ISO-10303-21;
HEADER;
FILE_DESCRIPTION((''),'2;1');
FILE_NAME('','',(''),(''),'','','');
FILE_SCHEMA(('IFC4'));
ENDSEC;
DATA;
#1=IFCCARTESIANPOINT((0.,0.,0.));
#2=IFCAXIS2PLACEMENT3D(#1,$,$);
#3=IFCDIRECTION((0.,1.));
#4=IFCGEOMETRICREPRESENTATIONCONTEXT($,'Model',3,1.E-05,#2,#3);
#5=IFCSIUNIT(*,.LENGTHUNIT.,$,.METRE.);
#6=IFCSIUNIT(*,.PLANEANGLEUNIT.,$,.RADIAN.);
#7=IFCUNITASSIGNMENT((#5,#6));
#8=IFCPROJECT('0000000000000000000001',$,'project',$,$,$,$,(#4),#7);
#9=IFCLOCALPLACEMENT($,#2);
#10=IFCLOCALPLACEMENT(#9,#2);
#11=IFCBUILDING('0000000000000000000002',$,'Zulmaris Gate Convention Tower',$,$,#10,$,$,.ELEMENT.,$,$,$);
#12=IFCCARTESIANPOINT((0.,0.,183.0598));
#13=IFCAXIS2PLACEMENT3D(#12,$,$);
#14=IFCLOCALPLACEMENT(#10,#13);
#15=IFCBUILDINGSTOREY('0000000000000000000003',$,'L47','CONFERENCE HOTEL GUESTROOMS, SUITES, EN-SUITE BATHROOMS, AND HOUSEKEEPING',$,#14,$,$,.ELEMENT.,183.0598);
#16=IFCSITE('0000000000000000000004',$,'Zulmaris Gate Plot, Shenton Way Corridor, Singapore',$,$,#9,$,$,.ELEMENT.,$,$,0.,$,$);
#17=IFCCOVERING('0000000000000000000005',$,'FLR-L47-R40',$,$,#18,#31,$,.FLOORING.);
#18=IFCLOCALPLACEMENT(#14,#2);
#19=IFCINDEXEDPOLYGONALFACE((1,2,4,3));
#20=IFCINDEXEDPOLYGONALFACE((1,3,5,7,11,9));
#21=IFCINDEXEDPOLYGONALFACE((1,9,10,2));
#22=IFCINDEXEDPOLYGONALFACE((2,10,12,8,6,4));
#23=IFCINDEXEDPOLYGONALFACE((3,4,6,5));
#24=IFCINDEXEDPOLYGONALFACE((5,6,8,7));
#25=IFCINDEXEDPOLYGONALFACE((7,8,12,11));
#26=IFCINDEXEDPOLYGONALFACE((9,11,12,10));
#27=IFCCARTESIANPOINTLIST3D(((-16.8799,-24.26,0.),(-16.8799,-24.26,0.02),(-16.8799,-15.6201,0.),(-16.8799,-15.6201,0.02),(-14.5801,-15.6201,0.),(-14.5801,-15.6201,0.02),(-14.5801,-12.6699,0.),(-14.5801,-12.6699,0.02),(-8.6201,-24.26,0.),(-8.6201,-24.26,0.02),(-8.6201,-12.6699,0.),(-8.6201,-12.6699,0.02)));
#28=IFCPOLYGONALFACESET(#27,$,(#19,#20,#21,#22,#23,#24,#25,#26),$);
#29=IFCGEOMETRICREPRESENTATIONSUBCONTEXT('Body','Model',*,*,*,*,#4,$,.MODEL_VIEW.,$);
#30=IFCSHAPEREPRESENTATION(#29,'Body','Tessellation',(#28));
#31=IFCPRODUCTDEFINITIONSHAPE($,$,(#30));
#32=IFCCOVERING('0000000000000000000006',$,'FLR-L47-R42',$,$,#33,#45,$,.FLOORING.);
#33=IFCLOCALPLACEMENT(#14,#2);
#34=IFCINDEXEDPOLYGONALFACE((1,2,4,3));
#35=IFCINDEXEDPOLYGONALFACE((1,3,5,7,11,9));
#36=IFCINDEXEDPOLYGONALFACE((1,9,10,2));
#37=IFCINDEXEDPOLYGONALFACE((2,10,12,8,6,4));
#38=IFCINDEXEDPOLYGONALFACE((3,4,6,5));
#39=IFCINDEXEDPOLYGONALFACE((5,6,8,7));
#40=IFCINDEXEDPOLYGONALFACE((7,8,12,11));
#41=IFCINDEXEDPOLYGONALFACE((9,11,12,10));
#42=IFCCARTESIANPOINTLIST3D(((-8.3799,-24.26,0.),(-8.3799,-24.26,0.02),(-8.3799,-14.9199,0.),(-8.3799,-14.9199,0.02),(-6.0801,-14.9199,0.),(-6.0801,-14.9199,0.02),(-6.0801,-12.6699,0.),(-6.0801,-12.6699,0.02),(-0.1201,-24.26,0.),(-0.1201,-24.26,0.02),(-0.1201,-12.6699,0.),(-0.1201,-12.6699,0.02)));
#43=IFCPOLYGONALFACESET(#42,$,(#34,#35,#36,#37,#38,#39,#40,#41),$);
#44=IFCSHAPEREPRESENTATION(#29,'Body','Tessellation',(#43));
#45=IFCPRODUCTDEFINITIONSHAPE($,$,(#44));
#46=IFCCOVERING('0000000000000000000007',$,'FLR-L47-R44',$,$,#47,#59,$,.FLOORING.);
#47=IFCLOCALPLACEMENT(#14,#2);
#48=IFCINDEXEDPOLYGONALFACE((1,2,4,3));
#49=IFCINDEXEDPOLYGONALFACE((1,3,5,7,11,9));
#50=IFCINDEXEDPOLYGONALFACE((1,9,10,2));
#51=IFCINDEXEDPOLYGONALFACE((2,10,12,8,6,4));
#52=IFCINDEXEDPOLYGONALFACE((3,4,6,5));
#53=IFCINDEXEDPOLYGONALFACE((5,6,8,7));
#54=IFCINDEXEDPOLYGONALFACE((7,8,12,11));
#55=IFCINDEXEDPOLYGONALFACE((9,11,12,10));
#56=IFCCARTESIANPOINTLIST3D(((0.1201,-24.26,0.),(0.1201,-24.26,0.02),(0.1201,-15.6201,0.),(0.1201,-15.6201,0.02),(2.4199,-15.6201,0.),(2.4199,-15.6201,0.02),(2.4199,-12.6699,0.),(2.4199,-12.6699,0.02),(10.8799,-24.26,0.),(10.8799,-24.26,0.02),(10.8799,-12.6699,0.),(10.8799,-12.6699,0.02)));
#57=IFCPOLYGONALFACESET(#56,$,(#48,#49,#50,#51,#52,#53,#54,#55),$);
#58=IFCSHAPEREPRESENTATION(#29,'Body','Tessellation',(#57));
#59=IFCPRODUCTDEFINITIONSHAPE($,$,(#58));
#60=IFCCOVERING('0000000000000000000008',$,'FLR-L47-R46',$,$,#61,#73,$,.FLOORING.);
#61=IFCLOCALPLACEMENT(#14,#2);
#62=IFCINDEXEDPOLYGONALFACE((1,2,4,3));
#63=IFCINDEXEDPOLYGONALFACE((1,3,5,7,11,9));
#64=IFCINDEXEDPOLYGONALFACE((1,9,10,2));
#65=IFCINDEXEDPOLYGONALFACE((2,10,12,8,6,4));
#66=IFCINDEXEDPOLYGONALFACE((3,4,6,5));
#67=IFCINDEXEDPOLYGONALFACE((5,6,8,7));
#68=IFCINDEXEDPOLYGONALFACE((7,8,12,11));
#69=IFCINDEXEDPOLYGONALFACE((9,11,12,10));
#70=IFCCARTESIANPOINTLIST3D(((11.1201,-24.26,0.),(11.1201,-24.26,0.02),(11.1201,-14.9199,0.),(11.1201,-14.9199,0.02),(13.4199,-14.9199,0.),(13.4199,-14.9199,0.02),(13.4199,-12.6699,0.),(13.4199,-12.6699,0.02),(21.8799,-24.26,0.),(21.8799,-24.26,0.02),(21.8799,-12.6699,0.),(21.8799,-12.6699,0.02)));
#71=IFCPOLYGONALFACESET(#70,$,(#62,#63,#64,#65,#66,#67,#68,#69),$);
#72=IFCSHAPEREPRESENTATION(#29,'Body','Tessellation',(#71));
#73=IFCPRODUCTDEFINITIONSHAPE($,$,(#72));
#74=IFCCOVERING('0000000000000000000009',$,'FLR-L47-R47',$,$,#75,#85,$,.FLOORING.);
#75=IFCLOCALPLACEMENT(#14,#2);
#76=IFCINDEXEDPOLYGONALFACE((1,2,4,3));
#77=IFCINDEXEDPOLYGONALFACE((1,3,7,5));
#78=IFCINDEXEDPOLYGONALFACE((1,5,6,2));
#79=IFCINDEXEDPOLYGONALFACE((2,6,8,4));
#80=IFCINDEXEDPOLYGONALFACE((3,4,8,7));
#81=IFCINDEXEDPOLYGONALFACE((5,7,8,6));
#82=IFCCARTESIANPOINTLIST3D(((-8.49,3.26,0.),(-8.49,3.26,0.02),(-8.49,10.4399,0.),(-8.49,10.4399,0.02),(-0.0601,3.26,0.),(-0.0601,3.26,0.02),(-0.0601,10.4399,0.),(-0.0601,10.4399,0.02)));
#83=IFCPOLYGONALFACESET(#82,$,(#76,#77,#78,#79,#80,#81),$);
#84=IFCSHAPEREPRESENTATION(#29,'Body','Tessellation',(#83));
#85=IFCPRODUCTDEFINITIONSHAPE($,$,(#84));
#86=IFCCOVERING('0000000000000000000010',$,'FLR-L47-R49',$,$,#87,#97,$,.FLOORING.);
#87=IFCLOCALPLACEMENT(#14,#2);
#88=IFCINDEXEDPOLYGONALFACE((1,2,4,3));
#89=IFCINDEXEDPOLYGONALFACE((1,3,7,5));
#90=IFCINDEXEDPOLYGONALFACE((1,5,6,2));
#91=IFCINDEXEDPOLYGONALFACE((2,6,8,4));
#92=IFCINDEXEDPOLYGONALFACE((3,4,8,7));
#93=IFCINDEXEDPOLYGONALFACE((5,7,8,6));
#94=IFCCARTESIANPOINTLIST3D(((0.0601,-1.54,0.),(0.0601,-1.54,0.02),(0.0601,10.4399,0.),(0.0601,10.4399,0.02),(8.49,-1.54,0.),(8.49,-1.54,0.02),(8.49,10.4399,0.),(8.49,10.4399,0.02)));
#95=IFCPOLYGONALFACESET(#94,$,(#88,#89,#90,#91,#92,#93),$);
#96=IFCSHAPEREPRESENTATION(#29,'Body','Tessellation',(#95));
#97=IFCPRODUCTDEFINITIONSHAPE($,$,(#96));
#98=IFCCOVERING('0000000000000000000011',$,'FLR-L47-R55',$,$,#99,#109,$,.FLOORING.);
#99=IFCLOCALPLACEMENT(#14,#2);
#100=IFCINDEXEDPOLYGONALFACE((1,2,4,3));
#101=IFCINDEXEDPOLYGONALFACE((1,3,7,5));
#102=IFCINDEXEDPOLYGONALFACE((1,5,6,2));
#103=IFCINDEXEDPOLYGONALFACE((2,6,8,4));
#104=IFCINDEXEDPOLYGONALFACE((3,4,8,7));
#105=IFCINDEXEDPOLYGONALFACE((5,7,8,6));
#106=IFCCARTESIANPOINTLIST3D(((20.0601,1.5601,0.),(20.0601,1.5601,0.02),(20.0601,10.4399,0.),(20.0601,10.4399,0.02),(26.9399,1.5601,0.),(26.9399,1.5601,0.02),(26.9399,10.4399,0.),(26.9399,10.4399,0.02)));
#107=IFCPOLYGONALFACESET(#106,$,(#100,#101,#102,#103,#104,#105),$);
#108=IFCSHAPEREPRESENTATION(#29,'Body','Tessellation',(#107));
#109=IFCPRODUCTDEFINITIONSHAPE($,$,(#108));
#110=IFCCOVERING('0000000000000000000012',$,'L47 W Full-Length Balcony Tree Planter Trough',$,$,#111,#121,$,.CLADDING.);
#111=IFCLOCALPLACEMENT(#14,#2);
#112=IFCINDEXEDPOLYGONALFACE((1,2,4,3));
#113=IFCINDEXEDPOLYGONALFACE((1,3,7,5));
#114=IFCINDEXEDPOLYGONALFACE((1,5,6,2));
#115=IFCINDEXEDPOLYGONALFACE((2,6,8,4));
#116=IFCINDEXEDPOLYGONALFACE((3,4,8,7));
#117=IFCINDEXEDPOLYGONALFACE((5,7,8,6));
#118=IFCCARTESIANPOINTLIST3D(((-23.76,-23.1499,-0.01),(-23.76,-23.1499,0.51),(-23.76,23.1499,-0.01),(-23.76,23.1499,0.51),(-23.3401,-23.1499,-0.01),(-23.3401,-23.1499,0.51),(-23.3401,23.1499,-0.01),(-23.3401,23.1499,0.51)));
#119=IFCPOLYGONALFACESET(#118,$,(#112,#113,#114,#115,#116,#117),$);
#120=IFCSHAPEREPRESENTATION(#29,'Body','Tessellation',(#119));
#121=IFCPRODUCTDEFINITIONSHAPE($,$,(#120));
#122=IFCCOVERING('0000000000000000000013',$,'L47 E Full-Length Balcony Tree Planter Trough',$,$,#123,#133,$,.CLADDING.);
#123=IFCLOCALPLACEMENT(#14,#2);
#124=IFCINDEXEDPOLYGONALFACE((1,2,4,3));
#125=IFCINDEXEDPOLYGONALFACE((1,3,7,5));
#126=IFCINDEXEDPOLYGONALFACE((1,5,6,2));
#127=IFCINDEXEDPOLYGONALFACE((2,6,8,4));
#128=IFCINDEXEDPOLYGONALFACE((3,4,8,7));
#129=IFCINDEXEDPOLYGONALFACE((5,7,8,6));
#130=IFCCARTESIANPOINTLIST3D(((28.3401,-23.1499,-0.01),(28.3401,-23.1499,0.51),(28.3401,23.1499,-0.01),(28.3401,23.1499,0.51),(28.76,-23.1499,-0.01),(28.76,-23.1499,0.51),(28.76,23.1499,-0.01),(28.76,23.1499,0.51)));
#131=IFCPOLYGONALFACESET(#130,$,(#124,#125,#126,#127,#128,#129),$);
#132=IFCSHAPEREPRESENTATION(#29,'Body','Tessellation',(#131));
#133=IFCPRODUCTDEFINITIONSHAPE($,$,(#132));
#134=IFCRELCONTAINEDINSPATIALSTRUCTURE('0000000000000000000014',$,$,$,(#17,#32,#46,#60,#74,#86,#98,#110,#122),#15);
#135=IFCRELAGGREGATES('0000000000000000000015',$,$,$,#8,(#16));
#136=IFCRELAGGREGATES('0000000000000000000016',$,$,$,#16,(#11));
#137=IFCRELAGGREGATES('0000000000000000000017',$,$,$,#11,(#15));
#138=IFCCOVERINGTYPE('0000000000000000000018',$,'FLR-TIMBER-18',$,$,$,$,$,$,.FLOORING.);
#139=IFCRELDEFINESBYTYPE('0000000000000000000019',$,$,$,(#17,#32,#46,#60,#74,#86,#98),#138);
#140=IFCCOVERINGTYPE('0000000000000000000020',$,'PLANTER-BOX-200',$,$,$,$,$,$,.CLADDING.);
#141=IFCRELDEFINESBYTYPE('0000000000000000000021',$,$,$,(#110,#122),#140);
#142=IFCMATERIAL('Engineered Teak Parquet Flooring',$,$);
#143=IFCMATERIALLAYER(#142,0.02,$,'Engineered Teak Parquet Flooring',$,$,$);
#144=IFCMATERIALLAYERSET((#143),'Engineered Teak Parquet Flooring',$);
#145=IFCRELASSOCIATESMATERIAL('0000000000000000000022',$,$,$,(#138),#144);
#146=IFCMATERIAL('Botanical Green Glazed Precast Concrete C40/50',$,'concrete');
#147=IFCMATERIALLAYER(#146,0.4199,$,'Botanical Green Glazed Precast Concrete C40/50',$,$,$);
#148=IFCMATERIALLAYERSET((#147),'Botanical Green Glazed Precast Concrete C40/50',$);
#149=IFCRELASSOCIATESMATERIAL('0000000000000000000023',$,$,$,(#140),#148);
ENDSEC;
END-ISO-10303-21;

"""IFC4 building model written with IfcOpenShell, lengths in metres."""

from ifc_helpers import new_model, si_unit, direction, frame, origin, place, context, subcontext, project, spatial, polyline, outline, extrude, material, layer, layer_set, type_object, element, save


model = new_model("IFC4")

# Units and contexts
model_context = context("Model", 3, precision=1e-05, world=origin(), true_north=direction((0.0, 1.0)))
body_context = subcontext(model_context, "Body", "Model", "MODEL_VIEW")
ifc_project = project(units=[si_unit("LENGTHUNIT", "METRE"), si_unit("PLANEANGLEUNIT", "RADIAN")], contexts=[model_context])

# Site, building, storey
site_placement = place(None, origin())
site = spatial("IfcSite", under=ifc_project, at=site_placement, Name="Zulmaris Gate Plot, Shenton Way Corridor, Singapore", CompositionType="ELEMENT", RefElevation=0.0)
building_placement = place(site_placement, origin())
building = spatial("IfcBuilding", under=site, at=building_placement, Name="Zulmaris Gate Convention Tower", CompositionType="ELEMENT")
storey_placement = place(building_placement, frame((0.0, 0.0, 183.0598)))
storey = spatial("IfcBuildingStorey", under=building, at=storey_placement, Name="L47", Description="CONFERENCE HOTEL GUESTROOMS, SUITES, EN-SUITE BATHROOMS, AND HOUSEKEEPING", CompositionType="ELEMENT", Elevation=183.0598)

# Coverings
ifc_material_1 = material(Name="Engineered Teak Parquet Flooring")
ifc_layer_1 = layer(ifc_material_1, 0.02, Name="Engineered Teak Parquet Flooring")
ifc_layer_set_1 = layer_set([ifc_layer_1], Name="Engineered Teak Parquet Flooring")
covering_type_1 = type_object("IfcCoveringType", Name="FLR-TIMBER-18", PredefinedType="FLOORING", material=ifc_layer_set_1)
covering_1_placement = place(storey_placement, origin())
element("IfcCovering", 1, at=covering_1_placement, inside=storey, type_object=covering_type_1, Name="FLR-L47-R40", PredefinedType="FLOORING", context=body_context, shape_type="SweptSolid", body=[
    extrude(outline(polyline([(-16.8799, -24.26), (-8.6201, -24.26), (-8.6201, -12.6699), (-14.5801, -12.6699), (-14.5801, -15.6201), (-16.8799, -15.6201), (-16.8799, -24.26)])), origin(), (0.0, 0.0, 1.0), 0.02),
])
covering_2_placement = place(storey_placement, origin())
element("IfcCovering", 2, at=covering_2_placement, inside=storey, type_object=covering_type_1, Name="FLR-L47-R42", PredefinedType="FLOORING", context=body_context, shape_type="SweptSolid", body=[
    extrude(outline(polyline([(-8.3799, -24.26), (-0.1201, -24.26), (-0.1201, -12.6699), (-6.0801, -12.6699), (-6.0801, -14.9199), (-8.3799, -14.9199), (-8.3799, -24.26)])), origin(), (0.0, 0.0, 1.0), 0.02),
])
covering_3_placement = place(storey_placement, origin())
element("IfcCovering", 3, at=covering_3_placement, inside=storey, type_object=covering_type_1, Name="FLR-L47-R44", PredefinedType="FLOORING", context=body_context, shape_type="SweptSolid", body=[
    extrude(outline(polyline([(0.1201, -24.26), (10.8799, -24.26), (10.8799, -12.6699), (2.4199, -12.6699), (2.4199, -15.6201), (0.1201, -15.6201), (0.1201, -24.26)])), origin(), (0.0, 0.0, 1.0), 0.02),
])
covering_4_placement = place(storey_placement, origin())
element("IfcCovering", 4, at=covering_4_placement, inside=storey, type_object=covering_type_1, Name="FLR-L47-R46", PredefinedType="FLOORING", context=body_context, shape_type="SweptSolid", body=[
    extrude(outline(polyline([(11.1201, -24.26), (21.8799, -24.26), (21.8799, -12.6699), (13.4199, -12.6699), (13.4199, -14.9199), (11.1201, -14.9199), (11.1201, -24.26)])), origin(), (0.0, 0.0, 1.0), 0.02),
])
covering_5_placement = place(storey_placement, origin())
element("IfcCovering", 5, at=covering_5_placement, inside=storey, type_object=covering_type_1, Name="FLR-L47-R47", PredefinedType="FLOORING", context=body_context, shape_type="SweptSolid", body=[
    extrude(outline(polyline([(-8.49, 3.26), (-0.0601, 3.26), (-0.0601, 10.4399), (-8.49, 10.4399), (-8.49, 3.26)])), origin(), (0.0, 0.0, 1.0), 0.02),
])
covering_6_placement = place(storey_placement, origin())
element("IfcCovering", 6, at=covering_6_placement, inside=storey, type_object=covering_type_1, Name="FLR-L47-R49", PredefinedType="FLOORING", context=body_context, shape_type="SweptSolid", body=[
    extrude(outline(polyline([(0.0601, -1.54), (8.49, -1.54), (8.49, 10.4399), (0.0601, 10.4399), (0.0601, -1.54)])), origin(), (0.0, 0.0, 1.0), 0.02),
])
covering_7_placement = place(storey_placement, origin())
element("IfcCovering", 7, at=covering_7_placement, inside=storey, type_object=covering_type_1, Name="FLR-L47-R55", PredefinedType="FLOORING", context=body_context, shape_type="SweptSolid", body=[
    extrude(outline(polyline([(20.0601, 1.5601), (26.9399, 1.5601), (26.9399, 10.4399), (20.0601, 10.4399), (20.0601, 1.5601)])), origin(), (0.0, 0.0, 1.0), 0.02),
])
ifc_material_2 = material(Name="Botanical Green Glazed Precast Concrete C40/50", Category="concrete")
ifc_layer_2 = layer(ifc_material_2, 0.4199, Name="Botanical Green Glazed Precast Concrete C40/50")
ifc_layer_set_2 = layer_set([ifc_layer_2], Name="Botanical Green Glazed Precast Concrete C40/50")
covering_type_2 = type_object("IfcCoveringType", Name="PLANTER-BOX-200", PredefinedType="CLADDING", material=ifc_layer_set_2)
covering_8_placement = place(storey_placement, frame((0.0, 0.0, -0.01)))
element("IfcCovering", 8, at=covering_8_placement, inside=storey, type_object=covering_type_2, Name="L47 W Full-Length Balcony Tree Planter Trough", PredefinedType="CLADDING", context=body_context, shape_type="SweptSolid", body=[
    extrude(outline(polyline([(-23.76, -23.1499), (-23.3401, -23.1499), (-23.3401, 23.1499), (-23.76, 23.1499), (-23.76, -23.1499)])), origin(), (0.0, 0.0, 1.0), 0.52),
])
covering_9_placement = place(storey_placement, frame((0.0, 0.0, -0.01)))
element("IfcCovering", 9, at=covering_9_placement, inside=storey, type_object=covering_type_2, Name="L47 E Full-Length Balcony Tree Planter Trough", PredefinedType="CLADDING", context=body_context, shape_type="SweptSolid", body=[
    extrude(outline(polyline([(28.3401, -23.1499), (28.76, -23.1499), (28.76, 23.1499), (28.3401, 23.1499), (28.3401, -23.1499)])), origin(), (0.0, 0.0, 1.0), 0.52),
])

save(model, "model.ifc")
